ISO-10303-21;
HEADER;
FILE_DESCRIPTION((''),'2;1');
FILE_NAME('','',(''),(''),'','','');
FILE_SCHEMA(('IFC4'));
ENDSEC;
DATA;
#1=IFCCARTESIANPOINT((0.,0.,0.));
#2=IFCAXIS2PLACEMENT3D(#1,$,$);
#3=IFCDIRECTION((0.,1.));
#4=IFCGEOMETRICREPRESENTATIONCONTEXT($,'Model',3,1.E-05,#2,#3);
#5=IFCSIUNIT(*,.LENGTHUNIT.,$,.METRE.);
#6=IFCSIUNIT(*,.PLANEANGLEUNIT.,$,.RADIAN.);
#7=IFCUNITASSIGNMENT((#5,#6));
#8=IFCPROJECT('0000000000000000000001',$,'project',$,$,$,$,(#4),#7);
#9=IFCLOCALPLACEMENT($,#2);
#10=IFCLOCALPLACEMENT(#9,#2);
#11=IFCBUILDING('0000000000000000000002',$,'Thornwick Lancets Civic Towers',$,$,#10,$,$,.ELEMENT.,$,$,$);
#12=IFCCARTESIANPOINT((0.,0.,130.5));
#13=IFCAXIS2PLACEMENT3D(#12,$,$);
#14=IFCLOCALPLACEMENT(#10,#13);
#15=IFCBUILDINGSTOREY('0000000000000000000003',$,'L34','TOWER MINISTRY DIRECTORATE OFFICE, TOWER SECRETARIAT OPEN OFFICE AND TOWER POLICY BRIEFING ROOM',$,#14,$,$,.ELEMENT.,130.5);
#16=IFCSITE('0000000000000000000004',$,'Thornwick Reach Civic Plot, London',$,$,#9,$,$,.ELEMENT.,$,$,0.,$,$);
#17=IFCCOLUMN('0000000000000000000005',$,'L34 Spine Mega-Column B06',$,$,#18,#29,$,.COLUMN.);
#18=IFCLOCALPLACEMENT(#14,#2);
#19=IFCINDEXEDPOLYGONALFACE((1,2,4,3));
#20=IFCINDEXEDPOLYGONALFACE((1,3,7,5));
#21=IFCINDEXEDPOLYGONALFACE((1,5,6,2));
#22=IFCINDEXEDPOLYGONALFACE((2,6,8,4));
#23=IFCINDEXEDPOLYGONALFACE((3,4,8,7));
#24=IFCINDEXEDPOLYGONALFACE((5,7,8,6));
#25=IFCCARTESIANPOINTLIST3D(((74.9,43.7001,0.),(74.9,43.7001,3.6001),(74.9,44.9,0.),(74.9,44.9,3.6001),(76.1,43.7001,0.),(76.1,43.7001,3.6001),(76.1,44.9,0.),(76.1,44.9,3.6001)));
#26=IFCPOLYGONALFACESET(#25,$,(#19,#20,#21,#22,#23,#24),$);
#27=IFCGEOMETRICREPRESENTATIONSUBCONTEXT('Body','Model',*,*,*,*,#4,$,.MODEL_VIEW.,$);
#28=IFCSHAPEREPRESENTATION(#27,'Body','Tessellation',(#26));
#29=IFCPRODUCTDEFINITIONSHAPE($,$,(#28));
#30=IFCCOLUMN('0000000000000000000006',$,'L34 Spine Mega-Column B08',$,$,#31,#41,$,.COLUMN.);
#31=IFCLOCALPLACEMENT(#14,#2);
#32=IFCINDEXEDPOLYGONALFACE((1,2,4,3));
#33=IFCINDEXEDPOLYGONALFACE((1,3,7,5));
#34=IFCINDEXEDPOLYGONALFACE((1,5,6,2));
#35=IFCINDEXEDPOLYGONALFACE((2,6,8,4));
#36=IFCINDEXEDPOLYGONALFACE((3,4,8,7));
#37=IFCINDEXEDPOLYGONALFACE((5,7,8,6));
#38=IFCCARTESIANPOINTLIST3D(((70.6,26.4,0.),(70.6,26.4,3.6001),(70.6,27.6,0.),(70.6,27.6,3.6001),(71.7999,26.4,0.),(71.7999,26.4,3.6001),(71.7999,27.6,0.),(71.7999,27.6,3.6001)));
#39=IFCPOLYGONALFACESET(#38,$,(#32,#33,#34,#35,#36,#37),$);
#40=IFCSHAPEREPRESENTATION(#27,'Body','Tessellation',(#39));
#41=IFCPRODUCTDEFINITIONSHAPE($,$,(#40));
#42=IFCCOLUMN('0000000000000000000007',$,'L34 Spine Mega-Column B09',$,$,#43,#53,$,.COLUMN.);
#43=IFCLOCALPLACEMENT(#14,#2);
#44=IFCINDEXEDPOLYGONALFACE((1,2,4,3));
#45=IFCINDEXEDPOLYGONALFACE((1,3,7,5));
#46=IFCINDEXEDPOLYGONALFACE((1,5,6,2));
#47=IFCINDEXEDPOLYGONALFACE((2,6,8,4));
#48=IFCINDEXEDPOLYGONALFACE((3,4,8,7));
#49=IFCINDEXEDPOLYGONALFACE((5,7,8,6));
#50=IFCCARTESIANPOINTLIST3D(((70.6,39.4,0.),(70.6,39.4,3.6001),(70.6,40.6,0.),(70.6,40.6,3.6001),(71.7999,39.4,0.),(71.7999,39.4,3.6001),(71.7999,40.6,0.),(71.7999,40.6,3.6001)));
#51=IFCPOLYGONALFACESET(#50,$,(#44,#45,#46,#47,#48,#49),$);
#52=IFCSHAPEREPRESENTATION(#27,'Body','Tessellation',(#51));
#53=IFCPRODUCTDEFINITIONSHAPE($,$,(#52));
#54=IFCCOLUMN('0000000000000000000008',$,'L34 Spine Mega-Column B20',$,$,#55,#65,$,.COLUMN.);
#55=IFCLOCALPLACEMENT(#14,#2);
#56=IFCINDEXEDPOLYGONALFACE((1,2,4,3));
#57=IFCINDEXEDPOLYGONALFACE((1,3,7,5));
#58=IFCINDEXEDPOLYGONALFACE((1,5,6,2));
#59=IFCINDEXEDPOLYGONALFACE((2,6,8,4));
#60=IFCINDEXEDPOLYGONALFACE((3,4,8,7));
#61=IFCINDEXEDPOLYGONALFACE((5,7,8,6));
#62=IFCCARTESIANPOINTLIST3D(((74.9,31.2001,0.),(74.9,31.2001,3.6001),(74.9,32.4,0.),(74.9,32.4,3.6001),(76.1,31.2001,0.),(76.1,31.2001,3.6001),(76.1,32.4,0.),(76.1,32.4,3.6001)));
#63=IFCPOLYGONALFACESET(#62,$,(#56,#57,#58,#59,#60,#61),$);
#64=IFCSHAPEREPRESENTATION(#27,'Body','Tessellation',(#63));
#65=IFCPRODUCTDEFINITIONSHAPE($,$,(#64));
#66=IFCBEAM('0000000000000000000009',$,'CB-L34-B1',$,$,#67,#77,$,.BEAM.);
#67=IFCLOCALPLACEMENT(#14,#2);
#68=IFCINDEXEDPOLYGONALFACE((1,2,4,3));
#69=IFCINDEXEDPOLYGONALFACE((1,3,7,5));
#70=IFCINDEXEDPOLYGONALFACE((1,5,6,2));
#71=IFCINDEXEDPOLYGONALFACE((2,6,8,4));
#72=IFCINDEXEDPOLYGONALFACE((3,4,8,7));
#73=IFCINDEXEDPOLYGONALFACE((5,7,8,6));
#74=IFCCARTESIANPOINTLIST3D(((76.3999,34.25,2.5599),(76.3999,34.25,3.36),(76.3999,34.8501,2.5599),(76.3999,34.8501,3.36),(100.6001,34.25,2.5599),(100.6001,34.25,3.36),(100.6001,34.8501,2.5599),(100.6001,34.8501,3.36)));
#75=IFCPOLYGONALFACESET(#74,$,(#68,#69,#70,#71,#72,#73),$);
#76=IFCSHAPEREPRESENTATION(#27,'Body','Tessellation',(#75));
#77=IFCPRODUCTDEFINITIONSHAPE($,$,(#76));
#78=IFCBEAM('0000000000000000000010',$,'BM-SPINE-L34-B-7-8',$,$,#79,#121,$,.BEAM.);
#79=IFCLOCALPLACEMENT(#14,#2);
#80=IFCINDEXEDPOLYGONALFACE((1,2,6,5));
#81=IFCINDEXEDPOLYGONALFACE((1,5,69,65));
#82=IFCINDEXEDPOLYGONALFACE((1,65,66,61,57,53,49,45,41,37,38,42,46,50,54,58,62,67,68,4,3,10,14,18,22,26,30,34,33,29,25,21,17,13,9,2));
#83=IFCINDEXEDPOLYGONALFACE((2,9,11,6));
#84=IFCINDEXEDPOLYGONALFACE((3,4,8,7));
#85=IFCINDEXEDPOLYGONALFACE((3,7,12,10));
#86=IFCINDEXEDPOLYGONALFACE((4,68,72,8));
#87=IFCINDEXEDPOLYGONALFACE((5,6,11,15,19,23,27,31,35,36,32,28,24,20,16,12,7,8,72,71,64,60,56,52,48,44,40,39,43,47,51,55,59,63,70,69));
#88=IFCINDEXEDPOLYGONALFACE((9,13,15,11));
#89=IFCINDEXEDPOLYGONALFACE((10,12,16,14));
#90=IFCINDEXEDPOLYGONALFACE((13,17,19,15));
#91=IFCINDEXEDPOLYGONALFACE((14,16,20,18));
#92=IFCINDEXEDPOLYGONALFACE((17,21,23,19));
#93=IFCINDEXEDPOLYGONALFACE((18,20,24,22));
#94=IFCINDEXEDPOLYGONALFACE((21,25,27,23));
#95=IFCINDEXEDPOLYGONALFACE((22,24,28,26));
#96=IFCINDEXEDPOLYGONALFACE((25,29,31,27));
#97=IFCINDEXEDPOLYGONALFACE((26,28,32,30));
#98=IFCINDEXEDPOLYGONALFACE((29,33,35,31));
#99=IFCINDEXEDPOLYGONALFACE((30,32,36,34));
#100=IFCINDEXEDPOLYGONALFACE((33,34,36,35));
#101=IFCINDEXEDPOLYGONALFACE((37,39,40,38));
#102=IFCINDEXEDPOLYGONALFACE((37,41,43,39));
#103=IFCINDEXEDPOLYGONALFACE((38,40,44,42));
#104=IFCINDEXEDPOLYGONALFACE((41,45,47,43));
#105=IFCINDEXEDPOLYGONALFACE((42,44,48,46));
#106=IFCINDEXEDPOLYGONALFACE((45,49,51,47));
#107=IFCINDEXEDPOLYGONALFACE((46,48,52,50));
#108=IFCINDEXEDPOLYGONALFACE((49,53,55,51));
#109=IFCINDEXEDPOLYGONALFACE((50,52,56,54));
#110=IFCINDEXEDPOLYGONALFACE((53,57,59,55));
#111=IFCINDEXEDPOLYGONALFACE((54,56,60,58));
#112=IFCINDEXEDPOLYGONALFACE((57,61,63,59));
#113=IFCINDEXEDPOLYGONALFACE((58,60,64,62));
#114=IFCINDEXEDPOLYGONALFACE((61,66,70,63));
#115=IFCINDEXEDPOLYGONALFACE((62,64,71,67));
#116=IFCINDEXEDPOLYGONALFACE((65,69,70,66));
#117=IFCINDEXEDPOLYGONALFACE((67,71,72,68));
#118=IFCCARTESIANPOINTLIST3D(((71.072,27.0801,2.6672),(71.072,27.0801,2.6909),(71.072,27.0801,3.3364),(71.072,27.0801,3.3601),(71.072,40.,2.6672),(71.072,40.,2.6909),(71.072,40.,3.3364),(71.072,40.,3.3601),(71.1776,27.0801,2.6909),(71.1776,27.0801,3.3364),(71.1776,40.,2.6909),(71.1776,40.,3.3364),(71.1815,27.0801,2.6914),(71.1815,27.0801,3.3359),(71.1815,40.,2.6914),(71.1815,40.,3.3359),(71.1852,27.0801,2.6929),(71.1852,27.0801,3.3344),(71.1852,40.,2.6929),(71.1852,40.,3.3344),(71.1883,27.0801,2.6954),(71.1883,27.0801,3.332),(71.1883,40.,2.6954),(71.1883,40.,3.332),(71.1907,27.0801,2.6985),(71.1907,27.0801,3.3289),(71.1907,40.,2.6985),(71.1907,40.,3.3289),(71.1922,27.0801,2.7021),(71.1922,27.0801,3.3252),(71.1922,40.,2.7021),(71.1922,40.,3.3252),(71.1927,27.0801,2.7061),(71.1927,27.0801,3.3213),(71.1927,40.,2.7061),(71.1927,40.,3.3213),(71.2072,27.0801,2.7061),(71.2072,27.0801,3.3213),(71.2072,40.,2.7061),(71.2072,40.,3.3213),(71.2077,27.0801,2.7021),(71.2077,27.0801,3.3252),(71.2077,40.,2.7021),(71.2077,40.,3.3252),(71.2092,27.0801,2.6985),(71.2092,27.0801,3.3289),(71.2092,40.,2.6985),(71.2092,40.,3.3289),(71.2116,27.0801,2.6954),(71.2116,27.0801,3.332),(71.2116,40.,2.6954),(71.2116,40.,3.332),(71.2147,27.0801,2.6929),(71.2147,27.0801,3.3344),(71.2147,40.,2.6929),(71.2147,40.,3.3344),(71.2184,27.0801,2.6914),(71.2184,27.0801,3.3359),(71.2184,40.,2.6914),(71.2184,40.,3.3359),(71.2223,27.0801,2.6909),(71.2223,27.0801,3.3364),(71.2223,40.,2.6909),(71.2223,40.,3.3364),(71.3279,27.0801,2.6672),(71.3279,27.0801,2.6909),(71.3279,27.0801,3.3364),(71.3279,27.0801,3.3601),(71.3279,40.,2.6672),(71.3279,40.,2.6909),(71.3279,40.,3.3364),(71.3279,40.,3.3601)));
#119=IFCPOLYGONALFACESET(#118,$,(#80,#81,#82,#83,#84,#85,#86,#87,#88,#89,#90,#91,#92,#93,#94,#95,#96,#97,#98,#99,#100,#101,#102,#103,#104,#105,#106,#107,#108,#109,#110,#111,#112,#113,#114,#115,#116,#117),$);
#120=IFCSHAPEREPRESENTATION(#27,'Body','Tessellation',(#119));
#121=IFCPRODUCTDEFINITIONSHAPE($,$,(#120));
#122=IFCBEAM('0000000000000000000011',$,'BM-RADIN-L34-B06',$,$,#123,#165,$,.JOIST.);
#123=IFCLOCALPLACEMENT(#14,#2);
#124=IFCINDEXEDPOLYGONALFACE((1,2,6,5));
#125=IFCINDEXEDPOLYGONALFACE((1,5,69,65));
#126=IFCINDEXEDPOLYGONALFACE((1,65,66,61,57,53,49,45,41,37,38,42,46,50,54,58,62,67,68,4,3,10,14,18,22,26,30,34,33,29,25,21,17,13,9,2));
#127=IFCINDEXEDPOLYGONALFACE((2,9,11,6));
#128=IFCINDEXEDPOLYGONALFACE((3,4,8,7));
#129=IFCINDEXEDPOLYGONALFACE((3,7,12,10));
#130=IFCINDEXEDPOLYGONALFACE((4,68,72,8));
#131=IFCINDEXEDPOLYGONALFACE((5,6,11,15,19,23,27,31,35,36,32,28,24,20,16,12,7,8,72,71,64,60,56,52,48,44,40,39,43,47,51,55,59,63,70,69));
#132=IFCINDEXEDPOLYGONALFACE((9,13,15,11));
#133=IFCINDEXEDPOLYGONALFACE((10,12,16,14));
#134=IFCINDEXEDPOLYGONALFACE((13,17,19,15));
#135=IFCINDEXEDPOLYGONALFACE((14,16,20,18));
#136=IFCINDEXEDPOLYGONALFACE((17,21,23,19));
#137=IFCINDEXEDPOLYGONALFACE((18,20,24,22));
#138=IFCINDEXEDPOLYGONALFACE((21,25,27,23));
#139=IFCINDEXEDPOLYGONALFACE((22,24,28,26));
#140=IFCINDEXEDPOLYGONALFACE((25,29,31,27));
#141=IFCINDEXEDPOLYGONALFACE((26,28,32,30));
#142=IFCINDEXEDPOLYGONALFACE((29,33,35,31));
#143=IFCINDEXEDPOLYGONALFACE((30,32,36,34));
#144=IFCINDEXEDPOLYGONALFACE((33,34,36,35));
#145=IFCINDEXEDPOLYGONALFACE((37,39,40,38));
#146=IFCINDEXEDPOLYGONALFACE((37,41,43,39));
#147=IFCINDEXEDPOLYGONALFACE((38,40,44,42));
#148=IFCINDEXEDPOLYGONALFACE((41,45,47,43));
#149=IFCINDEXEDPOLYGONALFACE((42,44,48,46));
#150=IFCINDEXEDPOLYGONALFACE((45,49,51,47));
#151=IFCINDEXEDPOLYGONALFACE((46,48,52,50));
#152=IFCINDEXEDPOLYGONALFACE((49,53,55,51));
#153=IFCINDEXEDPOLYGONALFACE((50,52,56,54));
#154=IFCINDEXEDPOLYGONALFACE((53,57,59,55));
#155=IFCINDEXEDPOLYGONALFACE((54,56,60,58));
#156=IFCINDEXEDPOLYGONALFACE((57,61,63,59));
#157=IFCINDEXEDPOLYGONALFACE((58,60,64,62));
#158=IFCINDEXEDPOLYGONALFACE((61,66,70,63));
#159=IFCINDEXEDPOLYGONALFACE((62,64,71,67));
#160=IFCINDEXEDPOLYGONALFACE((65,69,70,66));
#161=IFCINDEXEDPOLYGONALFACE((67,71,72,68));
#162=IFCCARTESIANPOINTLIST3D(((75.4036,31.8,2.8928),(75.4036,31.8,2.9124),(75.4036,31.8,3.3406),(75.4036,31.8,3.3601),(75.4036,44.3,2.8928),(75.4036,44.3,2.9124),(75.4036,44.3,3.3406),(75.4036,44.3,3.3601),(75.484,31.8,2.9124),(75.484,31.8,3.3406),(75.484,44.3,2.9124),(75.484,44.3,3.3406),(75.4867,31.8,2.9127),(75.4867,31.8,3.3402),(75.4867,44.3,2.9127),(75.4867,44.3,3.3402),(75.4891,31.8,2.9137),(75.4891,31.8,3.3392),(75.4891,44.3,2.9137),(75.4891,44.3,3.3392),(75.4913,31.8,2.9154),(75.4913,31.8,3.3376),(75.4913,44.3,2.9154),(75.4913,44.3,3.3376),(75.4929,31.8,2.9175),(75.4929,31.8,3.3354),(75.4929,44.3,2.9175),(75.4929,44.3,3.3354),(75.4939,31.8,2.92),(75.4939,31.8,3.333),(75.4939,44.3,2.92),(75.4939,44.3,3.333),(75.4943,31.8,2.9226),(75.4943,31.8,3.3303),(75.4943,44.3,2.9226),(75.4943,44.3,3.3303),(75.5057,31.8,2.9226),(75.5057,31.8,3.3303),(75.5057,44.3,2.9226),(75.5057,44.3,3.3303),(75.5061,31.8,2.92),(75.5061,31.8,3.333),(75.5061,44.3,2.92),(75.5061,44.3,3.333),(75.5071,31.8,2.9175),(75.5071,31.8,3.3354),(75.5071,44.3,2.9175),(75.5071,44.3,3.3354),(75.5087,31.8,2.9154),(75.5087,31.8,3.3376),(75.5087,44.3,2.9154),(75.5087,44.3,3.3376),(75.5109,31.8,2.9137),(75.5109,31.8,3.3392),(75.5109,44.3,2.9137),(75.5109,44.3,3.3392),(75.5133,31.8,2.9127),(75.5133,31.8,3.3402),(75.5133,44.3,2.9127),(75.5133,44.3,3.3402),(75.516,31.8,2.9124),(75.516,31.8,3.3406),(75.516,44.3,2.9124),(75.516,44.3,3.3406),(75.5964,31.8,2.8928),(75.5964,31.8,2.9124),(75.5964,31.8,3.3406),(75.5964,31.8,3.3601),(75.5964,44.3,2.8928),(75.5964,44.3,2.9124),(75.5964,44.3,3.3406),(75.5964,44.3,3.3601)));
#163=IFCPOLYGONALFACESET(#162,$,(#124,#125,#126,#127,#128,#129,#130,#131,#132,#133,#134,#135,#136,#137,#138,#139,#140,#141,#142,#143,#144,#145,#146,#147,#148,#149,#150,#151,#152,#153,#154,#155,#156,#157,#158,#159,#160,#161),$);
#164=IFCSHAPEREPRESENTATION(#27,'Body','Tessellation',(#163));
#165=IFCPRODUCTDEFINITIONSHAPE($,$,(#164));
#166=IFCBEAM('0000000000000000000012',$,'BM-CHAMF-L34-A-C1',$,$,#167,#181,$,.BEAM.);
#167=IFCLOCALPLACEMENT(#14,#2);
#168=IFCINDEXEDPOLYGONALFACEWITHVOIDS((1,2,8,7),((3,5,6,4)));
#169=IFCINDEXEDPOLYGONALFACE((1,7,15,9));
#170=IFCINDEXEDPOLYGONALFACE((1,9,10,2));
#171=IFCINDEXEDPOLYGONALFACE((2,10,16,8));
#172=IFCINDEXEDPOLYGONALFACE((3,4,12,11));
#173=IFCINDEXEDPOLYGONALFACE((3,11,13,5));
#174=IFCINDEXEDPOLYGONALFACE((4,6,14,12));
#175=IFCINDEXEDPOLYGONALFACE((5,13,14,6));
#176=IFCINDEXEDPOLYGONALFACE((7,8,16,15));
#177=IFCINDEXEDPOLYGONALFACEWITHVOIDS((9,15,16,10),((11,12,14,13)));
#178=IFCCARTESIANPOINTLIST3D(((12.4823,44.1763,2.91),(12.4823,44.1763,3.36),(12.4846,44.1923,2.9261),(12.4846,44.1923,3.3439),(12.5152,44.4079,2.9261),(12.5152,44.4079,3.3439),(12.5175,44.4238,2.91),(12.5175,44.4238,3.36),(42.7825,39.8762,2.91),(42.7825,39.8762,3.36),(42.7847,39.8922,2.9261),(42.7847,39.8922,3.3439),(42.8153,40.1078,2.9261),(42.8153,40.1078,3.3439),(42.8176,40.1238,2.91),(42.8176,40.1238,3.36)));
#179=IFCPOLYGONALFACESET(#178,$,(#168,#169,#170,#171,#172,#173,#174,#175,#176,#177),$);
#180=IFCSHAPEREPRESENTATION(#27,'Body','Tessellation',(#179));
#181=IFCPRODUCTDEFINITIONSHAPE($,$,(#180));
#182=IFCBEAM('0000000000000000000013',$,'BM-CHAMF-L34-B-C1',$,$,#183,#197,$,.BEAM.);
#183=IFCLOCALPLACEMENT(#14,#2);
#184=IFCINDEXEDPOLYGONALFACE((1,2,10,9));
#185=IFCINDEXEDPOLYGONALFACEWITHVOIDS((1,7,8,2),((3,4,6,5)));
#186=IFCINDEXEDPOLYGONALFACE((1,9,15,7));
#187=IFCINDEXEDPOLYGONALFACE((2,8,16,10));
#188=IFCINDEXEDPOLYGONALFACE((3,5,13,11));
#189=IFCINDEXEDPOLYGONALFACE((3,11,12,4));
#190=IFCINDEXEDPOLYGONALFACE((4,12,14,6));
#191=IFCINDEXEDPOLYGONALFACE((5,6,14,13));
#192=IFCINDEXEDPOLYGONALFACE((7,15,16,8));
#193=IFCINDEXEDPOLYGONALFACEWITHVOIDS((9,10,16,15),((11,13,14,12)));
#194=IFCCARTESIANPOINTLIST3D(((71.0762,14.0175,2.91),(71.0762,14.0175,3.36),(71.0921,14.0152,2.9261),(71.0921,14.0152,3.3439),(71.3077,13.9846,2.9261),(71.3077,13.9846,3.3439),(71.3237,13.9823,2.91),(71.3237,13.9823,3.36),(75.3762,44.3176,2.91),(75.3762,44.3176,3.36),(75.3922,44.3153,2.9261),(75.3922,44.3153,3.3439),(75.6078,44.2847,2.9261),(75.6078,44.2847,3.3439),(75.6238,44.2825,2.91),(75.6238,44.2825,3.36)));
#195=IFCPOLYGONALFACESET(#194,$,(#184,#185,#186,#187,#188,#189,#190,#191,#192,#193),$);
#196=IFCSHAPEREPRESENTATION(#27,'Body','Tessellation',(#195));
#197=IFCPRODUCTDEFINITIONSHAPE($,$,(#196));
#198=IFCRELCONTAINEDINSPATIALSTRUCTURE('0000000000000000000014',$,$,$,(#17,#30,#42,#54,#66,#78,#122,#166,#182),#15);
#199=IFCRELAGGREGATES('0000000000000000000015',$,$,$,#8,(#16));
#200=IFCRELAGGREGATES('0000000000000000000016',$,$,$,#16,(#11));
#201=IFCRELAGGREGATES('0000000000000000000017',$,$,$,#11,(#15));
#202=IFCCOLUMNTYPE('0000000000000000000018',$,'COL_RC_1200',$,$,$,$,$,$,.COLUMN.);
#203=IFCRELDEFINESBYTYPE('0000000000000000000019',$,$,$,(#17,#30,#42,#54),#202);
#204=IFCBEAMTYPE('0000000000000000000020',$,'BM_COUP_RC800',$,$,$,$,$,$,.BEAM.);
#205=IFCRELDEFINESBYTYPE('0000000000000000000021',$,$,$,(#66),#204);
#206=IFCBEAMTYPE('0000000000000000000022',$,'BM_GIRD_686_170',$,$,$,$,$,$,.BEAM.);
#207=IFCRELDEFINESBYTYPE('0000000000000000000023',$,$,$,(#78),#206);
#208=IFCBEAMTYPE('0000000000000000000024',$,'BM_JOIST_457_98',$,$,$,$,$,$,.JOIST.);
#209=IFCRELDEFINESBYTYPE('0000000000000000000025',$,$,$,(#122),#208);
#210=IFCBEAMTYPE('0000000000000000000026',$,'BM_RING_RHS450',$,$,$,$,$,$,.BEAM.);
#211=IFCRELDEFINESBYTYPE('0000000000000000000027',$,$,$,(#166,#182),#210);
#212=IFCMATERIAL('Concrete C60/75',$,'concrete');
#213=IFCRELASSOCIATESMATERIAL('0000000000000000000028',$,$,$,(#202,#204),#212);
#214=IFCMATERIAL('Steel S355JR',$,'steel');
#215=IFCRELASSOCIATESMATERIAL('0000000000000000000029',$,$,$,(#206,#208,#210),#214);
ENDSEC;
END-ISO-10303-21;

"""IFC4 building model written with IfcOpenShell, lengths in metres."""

from ifc_helpers import new_model, si_unit, direction, frame, origin, origin_2d, place, context, subcontext, project, spatial, rectangle, hollow_rectangle, i_section, extrude, material, material_profile, profile_set, type_object, element, save


model = new_model("IFC4")

# Units and contexts
model_context = context("Model", 3, precision=1e-05, world=origin(), true_north=direction((0.0, 1.0)))
body_context = subcontext(model_context, "Body", "Model", "MODEL_VIEW")
ifc_project = project(units=[si_unit("LENGTHUNIT", "METRE"), si_unit("PLANEANGLEUNIT", "RADIAN")], contexts=[model_context])

# Site, building, storey
site_placement = place(None, origin())
site = spatial("IfcSite", under=ifc_project, at=site_placement, Name="Thornwick Reach Civic Plot, London", CompositionType="ELEMENT", RefElevation=0.0)
building_placement = place(site_placement, origin())
building = spatial("IfcBuilding", under=site, at=building_placement, Name="Thornwick Lancets Civic Towers", CompositionType="ELEMENT")
storey_placement = place(building_placement, frame((0.0, 0.0, 130.5)))
storey = spatial("IfcBuildingStorey", under=building, at=storey_placement, Name="L34", Description="TOWER MINISTRY DIRECTORATE OFFICE, TOWER SECRETARIAT OPEN OFFICE AND TOWER POLICY BRIEFING ROOM", CompositionType="ELEMENT", Elevation=130.5)

# Columns
ifc_material_1 = material(Name="Concrete C60/75", Category="concrete")
ifc_material_profile_1 = material_profile(ifc_material_1, rectangle(XDim=1.2, YDim=1.2, at=origin_2d()), Name="RC 1200x1200")
ifc_profile_set_1 = profile_set([ifc_material_profile_1], Name="Concrete C60/75")
column_type = type_object("IfcColumnType", Name="COL_RC_1200", PredefinedType="COLUMN", material=ifc_profile_set_1)
for number, where, z_axis, x_axis, name in (
    (1, (75.5, 44.3, 0.0), (0.0, 0.0, 1.0), (1.0, 0.0, 0.0), "L34 Spine Mega-Column B06"),
    (2, (71.2, 27.0, 0.0), (0.0, 0.0, 1.0), (1.0, 0.0, 0.0), "L34 Spine Mega-Column B08"),
    (3, (71.2, 40.0, 0.0), (0.0, 0.0, 1.0), (1.0, 0.0, 0.0), "L34 Spine Mega-Column B09"),
    (4, (75.5, 31.8, 0.0), (0.0, 0.0, 1.0), (1.0, 0.0, 0.0), "L34 Spine Mega-Column B20"),
):
    element("IfcColumn", number, at=place(storey_placement, frame(where, z_axis=z_axis, x_axis=x_axis)), inside=storey, type_object=column_type, Name=name, PredefinedType="COLUMN", context=body_context, shape_type="SweptSolid", body=[
        extrude(rectangle(XDim=1.2, YDim=1.2, at=origin_2d()), origin(), (0.0, 0.0, 1.0), 3.6001),
    ])

# Beams
ifc_material_profile_2 = material_profile(ifc_material_1, rectangle(XDim=0.6001, YDim=0.8, at=origin_2d()), Name="RC 600x800")
ifc_profile_set_2 = profile_set([ifc_material_profile_2], Name="Concrete C60/75")
beam_type_1 = type_object("IfcBeamType", Name="BM_COUP_RC800", PredefinedType="BEAM", material=ifc_profile_set_2)
beam_1_placement = place(storey_placement, frame((76.3999, 34.55, 2.96), z_axis=(1.0, 0.0, 0.0), x_axis=(0.0, 1.0, 0.0)))
element("IfcBeam", 5, at=beam_1_placement, inside=storey, type_object=beam_type_1, Name="CB-L34-B1", PredefinedType="BEAM", context=body_context, shape_type="SweptSolid", body=[
    extrude(rectangle(XDim=0.6001, YDim=0.8, at=origin_2d()), origin(), (0.0, 0.0, 1.0), 24.2002),
])
ifc_material_2 = material(Name="Steel S355JR", Category="steel")
ifc_material_profile_3 = material_profile(ifc_material_2, i_section(OverallWidth=0.2559, OverallDepth=0.6929, WebThickness=0.0144, FlangeThickness=0.0237, FilletRadius=0.0151, at=origin_2d()), Name="UKB 686x254x170")
ifc_profile_set_3 = profile_set([ifc_material_profile_3], Name="Steel S355JR")
beam_type_2 = type_object("IfcBeamType", Name="BM_GIRD_686_170", PredefinedType="BEAM", material=ifc_profile_set_3)
beam_2_placement = place(storey_placement, frame((71.2, 27.0801, 3.0137), z_axis=(0.0, 1.0, 0.0), x_axis=(-1.0, 0.0, 0.0)))
element("IfcBeam", 6, at=beam_2_placement, inside=storey, type_object=beam_type_2, Name="BM-SPINE-L34-B-7-8", PredefinedType="BEAM", context=body_context, shape_type="SweptSolid", body=[
    extrude(i_section(OverallWidth=0.2559, OverallDepth=0.6929, WebThickness=0.0144, FlangeThickness=0.0237, FilletRadius=0.0151, at=origin_2d()), origin(), (0.0, 0.0, 1.0), 12.9199),
])
ifc_material_profile_4 = material_profile(ifc_material_2, i_section(OverallWidth=0.1929, OverallDepth=0.4673, WebThickness=0.0115, FlangeThickness=0.0195, FilletRadius=0.0103, at=origin_2d()), Name="UKB 457x191x98")
ifc_profile_set_4 = profile_set([ifc_material_profile_4], Name="Steel S355JR")
beam_type_3 = type_object("IfcBeamType", Name="BM_JOIST_457_98", PredefinedType="JOIST", material=ifc_profile_set_4)
beam_3_placement = place(storey_placement, frame((75.5, 31.8, 3.1265), z_axis=(0.0, 1.0, 0.0), x_axis=(-1.0, 0.0, 0.0)))
element("IfcBeam", 7, at=beam_3_placement, inside=storey, type_object=beam_type_3, Name="BM-RADIN-L34-B06", PredefinedType="JOIST", context=body_context, shape_type="SweptSolid", body=[
    extrude(i_section(OverallWidth=0.1929, OverallDepth=0.4673, WebThickness=0.0115, FlangeThickness=0.0195, FilletRadius=0.0103, at=origin_2d()), origin(), (0.0, 0.0, 1.0), 12.5),
])
ifc_material_profile_5 = material_profile(ifc_material_2, hollow_rectangle(XDim=0.25, YDim=0.45, WallThickness=0.0161, at=origin_2d()), Name="RHS 450x250x16")
ifc_profile_set_5 = profile_set([ifc_material_profile_5], Name="Steel S355JR")
beam_type_4 = type_object("IfcBeamType", Name="BM_RING_RHS450", PredefinedType="BEAM", material=ifc_profile_set_5)
for number, where, z_axis, x_axis, name in (
    (8, (42.8, 40.0, 3.135), (-0.99008, 0.140508, 0.0), (-0.140508, -0.99008, 0.0), "BM-CHAMF-L34-A-C1"),
    (9, (75.5, 44.3, 3.135), (-0.140508, -0.99008, 0.0), (0.99008, -0.140508, 0.0), "BM-CHAMF-L34-B-C1"),
):
    element("IfcBeam", number, at=place(storey_placement, frame(where, z_axis=z_axis, x_axis=x_axis)), inside=storey, type_object=beam_type_4, Name=name, PredefinedType="BEAM", context=body_context, shape_type="SweptSolid", body=[
        extrude(hollow_rectangle(XDim=0.25, YDim=0.45, WallThickness=0.0161, at=origin_2d()), origin(), (0.0, 0.0, 1.0), 30.6038),
    ])

save(model, "model.ifc")
